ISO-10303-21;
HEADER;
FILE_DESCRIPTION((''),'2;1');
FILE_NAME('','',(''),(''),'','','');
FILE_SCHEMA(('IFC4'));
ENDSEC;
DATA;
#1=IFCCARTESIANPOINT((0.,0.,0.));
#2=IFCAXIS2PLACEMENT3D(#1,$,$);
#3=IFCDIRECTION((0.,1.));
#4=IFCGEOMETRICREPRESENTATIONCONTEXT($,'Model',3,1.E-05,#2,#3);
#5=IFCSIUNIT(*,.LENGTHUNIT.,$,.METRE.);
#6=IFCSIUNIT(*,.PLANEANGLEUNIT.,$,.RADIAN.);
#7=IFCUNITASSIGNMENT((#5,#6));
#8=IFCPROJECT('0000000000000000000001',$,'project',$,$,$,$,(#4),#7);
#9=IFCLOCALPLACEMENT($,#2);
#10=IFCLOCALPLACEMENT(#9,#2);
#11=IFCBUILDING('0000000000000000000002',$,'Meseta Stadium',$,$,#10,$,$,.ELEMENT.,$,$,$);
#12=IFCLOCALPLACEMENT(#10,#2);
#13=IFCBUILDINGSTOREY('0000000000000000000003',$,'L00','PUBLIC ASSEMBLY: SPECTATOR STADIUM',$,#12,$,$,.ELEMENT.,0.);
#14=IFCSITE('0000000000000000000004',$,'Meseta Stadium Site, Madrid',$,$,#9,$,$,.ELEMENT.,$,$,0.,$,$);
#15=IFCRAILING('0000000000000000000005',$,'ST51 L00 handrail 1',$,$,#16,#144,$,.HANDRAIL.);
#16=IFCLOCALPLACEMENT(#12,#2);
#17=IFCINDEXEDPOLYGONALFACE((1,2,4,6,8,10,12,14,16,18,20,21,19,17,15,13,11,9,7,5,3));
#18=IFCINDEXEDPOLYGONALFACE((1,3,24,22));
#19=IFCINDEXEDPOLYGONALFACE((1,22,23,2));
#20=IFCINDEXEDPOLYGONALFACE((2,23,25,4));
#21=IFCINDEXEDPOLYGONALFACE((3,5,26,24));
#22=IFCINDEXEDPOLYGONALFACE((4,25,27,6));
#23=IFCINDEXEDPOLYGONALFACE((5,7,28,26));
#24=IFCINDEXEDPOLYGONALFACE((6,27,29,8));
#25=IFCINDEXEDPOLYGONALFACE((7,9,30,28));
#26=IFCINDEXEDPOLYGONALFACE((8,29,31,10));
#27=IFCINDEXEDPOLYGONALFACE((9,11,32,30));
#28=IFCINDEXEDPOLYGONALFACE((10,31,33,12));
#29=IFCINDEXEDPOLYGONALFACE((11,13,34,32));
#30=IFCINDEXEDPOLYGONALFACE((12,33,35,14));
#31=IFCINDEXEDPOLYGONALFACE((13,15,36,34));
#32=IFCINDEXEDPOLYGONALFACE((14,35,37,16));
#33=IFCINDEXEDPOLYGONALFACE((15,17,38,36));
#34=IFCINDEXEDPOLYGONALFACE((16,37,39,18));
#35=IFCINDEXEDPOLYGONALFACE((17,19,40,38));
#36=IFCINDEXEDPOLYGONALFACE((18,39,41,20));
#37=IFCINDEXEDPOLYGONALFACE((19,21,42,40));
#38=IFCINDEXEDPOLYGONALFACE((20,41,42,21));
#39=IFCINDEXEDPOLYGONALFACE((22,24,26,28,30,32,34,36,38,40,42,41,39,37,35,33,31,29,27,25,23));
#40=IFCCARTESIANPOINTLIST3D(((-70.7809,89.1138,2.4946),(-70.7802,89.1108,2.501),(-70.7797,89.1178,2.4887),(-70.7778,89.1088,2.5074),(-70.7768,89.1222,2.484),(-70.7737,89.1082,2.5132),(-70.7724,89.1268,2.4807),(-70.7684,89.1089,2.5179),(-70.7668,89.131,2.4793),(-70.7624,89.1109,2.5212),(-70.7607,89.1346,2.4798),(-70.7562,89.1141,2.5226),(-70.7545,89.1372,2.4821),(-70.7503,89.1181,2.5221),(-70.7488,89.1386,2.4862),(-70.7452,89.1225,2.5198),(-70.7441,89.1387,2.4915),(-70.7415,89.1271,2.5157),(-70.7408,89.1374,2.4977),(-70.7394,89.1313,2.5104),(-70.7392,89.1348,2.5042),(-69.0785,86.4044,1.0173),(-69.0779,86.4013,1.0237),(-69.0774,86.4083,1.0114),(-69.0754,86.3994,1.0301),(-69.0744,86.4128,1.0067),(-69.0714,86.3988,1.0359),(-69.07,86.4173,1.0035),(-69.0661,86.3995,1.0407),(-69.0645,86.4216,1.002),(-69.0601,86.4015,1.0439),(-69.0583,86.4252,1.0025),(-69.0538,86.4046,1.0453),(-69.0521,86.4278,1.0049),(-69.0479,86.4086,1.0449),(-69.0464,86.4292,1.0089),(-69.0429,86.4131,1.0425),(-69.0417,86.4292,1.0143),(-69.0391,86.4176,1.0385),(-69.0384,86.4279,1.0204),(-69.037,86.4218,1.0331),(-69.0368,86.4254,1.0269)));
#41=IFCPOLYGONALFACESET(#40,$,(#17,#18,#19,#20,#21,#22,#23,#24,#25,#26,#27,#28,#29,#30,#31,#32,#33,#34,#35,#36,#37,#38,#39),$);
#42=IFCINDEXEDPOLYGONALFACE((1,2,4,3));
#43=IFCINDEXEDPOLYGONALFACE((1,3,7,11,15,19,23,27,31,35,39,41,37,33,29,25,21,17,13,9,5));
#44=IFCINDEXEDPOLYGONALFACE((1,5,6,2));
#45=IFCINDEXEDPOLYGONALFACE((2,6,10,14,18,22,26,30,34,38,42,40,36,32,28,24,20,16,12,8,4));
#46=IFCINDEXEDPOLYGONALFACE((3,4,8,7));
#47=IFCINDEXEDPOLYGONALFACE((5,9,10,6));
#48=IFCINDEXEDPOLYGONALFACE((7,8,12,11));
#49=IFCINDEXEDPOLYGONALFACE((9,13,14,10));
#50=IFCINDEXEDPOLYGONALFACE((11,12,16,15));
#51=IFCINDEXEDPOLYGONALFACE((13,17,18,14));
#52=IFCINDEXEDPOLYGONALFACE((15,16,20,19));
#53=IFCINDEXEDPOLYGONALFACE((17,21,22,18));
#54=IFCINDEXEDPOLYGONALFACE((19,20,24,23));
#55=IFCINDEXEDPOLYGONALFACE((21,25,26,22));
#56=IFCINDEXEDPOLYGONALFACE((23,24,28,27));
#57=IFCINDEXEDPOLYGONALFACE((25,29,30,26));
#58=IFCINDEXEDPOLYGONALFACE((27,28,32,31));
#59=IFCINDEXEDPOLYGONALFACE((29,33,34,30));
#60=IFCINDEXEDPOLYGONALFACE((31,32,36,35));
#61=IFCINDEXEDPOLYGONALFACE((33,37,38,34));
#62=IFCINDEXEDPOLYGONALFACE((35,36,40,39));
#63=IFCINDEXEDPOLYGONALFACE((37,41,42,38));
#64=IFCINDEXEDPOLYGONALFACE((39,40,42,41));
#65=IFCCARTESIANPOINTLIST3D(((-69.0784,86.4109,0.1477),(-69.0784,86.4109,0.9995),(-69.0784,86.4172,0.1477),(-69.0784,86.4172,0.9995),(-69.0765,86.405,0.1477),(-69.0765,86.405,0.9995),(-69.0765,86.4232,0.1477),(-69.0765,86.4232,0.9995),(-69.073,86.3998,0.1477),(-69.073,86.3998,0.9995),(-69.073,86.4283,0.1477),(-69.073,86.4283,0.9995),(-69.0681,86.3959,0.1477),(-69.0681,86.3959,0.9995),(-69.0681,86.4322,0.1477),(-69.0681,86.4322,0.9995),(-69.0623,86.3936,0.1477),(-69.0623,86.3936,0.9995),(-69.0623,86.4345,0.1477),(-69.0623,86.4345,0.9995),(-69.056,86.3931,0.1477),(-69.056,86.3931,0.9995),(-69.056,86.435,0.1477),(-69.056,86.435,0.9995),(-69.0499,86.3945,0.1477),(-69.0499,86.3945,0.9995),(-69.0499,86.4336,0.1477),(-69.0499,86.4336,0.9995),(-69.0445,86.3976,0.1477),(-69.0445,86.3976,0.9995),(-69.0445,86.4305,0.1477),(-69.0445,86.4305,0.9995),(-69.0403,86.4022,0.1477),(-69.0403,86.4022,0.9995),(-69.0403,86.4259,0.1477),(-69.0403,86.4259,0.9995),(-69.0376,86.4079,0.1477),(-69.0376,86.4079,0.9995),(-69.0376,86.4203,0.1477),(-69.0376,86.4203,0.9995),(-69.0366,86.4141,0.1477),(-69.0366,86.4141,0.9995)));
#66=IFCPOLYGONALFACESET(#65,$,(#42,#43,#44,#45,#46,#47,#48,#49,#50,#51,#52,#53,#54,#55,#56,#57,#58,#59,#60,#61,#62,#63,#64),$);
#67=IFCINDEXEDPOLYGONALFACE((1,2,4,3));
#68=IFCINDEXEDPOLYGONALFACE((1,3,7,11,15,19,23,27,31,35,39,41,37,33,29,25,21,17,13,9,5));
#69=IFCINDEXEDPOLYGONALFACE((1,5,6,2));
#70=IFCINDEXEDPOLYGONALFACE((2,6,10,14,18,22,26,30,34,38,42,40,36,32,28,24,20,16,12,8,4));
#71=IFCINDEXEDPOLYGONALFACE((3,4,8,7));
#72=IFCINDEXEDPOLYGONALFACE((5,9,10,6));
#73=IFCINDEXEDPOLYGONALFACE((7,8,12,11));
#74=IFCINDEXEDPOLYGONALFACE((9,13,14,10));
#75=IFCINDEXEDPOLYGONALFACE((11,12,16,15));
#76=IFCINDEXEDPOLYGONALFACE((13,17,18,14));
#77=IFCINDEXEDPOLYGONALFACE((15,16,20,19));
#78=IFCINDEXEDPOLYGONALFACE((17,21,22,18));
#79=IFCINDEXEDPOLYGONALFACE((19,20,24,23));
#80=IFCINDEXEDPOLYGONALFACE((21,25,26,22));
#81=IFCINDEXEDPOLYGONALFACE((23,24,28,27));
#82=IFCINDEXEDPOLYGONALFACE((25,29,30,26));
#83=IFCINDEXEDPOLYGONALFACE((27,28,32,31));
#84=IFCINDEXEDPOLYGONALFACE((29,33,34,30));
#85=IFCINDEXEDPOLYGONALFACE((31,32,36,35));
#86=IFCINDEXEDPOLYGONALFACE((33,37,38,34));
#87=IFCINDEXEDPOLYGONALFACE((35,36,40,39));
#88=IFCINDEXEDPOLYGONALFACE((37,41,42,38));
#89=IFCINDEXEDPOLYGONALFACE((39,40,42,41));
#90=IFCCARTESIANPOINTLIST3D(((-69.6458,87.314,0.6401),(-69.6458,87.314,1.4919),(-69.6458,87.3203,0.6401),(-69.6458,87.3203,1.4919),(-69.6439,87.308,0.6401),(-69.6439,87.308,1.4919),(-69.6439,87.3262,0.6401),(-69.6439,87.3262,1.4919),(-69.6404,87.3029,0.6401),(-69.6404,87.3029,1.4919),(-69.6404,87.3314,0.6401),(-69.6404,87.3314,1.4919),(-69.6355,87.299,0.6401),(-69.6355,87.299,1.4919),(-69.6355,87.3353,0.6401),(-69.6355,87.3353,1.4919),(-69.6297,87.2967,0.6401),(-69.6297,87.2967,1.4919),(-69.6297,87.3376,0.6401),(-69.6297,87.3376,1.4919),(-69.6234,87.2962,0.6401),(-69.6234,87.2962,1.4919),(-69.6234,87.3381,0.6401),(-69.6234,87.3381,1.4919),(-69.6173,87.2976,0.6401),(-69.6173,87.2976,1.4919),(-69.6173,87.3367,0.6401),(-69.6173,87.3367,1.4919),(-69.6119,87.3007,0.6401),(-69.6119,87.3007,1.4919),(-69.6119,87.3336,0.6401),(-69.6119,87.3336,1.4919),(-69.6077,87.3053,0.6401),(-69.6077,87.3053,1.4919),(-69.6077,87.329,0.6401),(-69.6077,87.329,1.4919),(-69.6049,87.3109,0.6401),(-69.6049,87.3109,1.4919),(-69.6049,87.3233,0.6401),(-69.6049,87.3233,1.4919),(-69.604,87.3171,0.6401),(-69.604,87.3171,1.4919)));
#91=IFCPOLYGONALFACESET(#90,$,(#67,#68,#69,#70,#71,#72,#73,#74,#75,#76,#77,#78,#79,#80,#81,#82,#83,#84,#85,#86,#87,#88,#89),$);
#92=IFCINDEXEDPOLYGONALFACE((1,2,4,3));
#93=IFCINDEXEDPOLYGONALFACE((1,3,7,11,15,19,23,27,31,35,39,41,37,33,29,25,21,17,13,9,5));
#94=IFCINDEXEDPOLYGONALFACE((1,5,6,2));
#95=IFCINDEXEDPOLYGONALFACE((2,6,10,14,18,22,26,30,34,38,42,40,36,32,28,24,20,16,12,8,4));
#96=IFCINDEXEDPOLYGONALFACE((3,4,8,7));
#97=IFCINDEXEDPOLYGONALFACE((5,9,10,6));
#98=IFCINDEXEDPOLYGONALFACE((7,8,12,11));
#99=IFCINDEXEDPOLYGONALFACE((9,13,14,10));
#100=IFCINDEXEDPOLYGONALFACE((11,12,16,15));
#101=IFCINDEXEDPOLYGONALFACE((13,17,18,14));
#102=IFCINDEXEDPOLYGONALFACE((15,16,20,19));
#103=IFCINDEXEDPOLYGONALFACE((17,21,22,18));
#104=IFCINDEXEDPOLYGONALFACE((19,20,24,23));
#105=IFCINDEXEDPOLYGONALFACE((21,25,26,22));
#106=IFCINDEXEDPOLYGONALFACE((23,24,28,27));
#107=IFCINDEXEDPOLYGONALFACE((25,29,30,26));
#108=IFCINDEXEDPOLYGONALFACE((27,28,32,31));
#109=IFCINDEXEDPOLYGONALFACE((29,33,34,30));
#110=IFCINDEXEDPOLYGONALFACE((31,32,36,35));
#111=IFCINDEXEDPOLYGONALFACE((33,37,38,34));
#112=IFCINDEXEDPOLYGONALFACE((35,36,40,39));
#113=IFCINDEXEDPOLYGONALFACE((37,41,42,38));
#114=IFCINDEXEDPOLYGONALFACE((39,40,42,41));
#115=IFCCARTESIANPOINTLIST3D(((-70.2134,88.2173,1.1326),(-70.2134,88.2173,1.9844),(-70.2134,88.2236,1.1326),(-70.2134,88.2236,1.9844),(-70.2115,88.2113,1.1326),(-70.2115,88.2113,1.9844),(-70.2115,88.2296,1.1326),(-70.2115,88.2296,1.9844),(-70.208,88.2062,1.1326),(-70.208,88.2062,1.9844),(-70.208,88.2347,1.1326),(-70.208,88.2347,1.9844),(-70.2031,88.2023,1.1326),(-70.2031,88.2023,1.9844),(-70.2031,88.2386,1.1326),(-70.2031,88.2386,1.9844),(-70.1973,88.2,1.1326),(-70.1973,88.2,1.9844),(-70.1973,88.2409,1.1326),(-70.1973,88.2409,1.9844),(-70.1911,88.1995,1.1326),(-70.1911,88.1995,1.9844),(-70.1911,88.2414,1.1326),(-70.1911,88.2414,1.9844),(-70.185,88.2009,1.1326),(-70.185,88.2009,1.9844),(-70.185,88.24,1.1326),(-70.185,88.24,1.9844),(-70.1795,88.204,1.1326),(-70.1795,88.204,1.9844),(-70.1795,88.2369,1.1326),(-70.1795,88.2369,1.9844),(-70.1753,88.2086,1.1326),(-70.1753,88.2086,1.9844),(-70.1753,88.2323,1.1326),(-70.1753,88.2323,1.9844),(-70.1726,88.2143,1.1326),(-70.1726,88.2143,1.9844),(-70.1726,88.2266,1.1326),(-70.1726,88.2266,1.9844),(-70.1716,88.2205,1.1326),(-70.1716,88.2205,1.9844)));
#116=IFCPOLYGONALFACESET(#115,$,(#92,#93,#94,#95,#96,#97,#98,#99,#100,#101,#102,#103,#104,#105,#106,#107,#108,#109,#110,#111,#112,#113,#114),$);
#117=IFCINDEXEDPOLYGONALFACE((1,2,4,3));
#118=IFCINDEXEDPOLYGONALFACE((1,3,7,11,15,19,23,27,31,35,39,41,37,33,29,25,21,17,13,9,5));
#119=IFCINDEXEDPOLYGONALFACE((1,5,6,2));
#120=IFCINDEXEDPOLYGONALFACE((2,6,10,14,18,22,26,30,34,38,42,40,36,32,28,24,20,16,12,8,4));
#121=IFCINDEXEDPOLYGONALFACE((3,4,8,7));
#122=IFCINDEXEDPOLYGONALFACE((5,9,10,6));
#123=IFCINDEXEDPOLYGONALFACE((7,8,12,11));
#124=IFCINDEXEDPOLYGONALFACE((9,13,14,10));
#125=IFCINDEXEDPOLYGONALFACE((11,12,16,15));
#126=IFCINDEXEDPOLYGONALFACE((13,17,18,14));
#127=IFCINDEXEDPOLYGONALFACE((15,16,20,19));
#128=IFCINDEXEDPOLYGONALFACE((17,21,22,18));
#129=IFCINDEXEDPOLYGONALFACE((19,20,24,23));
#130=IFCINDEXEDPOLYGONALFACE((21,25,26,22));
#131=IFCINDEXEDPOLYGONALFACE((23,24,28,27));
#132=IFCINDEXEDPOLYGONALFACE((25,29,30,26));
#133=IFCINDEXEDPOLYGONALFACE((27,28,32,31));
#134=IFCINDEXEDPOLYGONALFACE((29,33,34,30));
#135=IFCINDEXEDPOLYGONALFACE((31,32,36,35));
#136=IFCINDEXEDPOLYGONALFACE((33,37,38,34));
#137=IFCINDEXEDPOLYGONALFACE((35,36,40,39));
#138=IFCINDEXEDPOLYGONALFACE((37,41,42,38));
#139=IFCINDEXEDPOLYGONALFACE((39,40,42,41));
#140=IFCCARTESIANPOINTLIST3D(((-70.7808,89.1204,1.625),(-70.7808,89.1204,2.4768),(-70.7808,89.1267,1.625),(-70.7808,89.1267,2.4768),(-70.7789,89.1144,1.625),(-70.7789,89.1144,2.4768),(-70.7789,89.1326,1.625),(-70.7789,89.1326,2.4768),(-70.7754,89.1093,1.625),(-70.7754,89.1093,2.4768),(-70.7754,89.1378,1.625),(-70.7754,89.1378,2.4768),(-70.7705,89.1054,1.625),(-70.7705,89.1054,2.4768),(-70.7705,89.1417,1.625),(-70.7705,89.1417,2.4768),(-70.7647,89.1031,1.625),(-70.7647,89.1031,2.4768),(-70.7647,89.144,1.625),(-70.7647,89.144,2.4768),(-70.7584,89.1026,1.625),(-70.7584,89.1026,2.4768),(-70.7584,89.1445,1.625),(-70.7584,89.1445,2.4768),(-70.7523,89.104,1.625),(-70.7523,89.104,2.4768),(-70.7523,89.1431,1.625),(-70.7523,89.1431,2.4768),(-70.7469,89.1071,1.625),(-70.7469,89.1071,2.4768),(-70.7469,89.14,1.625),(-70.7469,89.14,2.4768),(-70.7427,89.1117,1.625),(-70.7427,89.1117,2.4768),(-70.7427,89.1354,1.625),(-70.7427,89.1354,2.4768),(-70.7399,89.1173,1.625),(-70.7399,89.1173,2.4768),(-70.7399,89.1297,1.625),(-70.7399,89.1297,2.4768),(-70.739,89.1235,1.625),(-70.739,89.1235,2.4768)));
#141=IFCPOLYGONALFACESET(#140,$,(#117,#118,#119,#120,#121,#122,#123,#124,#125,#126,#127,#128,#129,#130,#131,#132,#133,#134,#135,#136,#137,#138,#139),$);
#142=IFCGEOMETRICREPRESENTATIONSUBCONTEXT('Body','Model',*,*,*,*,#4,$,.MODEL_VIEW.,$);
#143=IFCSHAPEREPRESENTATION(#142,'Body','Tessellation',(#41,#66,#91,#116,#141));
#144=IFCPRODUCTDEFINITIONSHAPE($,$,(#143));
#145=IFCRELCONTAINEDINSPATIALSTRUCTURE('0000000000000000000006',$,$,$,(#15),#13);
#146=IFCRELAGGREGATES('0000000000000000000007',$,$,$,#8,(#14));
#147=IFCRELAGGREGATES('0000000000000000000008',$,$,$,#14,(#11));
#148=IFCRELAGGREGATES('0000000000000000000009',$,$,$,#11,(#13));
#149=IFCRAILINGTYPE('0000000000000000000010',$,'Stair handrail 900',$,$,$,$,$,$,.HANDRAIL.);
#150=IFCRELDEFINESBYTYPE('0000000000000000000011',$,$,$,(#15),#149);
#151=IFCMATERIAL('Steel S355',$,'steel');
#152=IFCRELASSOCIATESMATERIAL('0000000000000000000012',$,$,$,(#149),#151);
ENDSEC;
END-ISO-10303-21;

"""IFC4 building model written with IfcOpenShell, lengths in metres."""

from ifc_helpers import new_model, si_unit, direction, frame, origin, origin_2d, place, context, subcontext, project, spatial, circle, extrude, material, type_object, element, save


model = new_model("IFC4")

# Units and contexts
model_context = context("Model", 3, precision=1e-05, world=origin(), true_north=direction((0.0, 1.0)))
body_context = subcontext(model_context, "Body", "Model", "MODEL_VIEW")
ifc_project = project(units=[si_unit("LENGTHUNIT", "METRE"), si_unit("PLANEANGLEUNIT", "RADIAN")], contexts=[model_context])

# Site, building, storey
site_placement = place(None, origin())
site = spatial("IfcSite", under=ifc_project, at=site_placement, Name="Meseta Stadium Site, Madrid", CompositionType="ELEMENT", RefElevation=0.0)
building_placement = place(site_placement, origin())
building = spatial("IfcBuilding", under=site, at=building_placement, Name="Meseta Stadium", CompositionType="ELEMENT")
storey_placement = place(building_placement, origin())
storey = spatial("IfcBuildingStorey", under=building, at=storey_placement, Name="L00", Description="PUBLIC ASSEMBLY: SPECTATOR STADIUM", CompositionType="ELEMENT", Elevation=0.0)

# Railing
ifc_material_1 = material(Name="Steel S355", Category="steel")
railing_type_1 = type_object("IfcRailingType", Name="Stair handrail 900", PredefinedType="HANDRAIL", material=ifc_material_1)
railing_1_placement = place(storey_placement, frame((-69.0576, 86.4141, 0.1477)))
element("IfcRailing", 1, at=railing_1_placement, inside=storey, type_object=railing_type_1, Name="ST51 L00 handrail 1", PredefinedType="HANDRAIL", context=body_context, shape_type="SweptSolid", body=[
    extrude(circle(Radius=0.0239, at=origin_2d()), frame((0.0, 0.0, 0.876), z_axis=(-0.483023, 0.768764, 0.419156), x_axis=(-0.846736, -0.532014, 0.0)), (0.0, 0.0, 1.0), 3.5244),
    extrude(circle(Radius=0.021, at=origin_2d()), origin(), (0.0, 0.0, 1.0), 0.8518),
    extrude(circle(Radius=0.021, at=origin_2d()), frame((-0.5674, 0.9031, 0.4924)), (0.0, 0.0, 1.0), 0.8518),
    extrude(circle(Radius=0.021, at=origin_2d()), frame((-1.135, 1.8064, 0.9849)), (0.0, 0.0, 1.0), 0.8518),
    extrude(circle(Radius=0.021, at=origin_2d()), frame((-1.7024, 2.7095, 1.4773)), (0.0, 0.0, 1.0), 0.8518),
])

save(model, "model.ifc")
